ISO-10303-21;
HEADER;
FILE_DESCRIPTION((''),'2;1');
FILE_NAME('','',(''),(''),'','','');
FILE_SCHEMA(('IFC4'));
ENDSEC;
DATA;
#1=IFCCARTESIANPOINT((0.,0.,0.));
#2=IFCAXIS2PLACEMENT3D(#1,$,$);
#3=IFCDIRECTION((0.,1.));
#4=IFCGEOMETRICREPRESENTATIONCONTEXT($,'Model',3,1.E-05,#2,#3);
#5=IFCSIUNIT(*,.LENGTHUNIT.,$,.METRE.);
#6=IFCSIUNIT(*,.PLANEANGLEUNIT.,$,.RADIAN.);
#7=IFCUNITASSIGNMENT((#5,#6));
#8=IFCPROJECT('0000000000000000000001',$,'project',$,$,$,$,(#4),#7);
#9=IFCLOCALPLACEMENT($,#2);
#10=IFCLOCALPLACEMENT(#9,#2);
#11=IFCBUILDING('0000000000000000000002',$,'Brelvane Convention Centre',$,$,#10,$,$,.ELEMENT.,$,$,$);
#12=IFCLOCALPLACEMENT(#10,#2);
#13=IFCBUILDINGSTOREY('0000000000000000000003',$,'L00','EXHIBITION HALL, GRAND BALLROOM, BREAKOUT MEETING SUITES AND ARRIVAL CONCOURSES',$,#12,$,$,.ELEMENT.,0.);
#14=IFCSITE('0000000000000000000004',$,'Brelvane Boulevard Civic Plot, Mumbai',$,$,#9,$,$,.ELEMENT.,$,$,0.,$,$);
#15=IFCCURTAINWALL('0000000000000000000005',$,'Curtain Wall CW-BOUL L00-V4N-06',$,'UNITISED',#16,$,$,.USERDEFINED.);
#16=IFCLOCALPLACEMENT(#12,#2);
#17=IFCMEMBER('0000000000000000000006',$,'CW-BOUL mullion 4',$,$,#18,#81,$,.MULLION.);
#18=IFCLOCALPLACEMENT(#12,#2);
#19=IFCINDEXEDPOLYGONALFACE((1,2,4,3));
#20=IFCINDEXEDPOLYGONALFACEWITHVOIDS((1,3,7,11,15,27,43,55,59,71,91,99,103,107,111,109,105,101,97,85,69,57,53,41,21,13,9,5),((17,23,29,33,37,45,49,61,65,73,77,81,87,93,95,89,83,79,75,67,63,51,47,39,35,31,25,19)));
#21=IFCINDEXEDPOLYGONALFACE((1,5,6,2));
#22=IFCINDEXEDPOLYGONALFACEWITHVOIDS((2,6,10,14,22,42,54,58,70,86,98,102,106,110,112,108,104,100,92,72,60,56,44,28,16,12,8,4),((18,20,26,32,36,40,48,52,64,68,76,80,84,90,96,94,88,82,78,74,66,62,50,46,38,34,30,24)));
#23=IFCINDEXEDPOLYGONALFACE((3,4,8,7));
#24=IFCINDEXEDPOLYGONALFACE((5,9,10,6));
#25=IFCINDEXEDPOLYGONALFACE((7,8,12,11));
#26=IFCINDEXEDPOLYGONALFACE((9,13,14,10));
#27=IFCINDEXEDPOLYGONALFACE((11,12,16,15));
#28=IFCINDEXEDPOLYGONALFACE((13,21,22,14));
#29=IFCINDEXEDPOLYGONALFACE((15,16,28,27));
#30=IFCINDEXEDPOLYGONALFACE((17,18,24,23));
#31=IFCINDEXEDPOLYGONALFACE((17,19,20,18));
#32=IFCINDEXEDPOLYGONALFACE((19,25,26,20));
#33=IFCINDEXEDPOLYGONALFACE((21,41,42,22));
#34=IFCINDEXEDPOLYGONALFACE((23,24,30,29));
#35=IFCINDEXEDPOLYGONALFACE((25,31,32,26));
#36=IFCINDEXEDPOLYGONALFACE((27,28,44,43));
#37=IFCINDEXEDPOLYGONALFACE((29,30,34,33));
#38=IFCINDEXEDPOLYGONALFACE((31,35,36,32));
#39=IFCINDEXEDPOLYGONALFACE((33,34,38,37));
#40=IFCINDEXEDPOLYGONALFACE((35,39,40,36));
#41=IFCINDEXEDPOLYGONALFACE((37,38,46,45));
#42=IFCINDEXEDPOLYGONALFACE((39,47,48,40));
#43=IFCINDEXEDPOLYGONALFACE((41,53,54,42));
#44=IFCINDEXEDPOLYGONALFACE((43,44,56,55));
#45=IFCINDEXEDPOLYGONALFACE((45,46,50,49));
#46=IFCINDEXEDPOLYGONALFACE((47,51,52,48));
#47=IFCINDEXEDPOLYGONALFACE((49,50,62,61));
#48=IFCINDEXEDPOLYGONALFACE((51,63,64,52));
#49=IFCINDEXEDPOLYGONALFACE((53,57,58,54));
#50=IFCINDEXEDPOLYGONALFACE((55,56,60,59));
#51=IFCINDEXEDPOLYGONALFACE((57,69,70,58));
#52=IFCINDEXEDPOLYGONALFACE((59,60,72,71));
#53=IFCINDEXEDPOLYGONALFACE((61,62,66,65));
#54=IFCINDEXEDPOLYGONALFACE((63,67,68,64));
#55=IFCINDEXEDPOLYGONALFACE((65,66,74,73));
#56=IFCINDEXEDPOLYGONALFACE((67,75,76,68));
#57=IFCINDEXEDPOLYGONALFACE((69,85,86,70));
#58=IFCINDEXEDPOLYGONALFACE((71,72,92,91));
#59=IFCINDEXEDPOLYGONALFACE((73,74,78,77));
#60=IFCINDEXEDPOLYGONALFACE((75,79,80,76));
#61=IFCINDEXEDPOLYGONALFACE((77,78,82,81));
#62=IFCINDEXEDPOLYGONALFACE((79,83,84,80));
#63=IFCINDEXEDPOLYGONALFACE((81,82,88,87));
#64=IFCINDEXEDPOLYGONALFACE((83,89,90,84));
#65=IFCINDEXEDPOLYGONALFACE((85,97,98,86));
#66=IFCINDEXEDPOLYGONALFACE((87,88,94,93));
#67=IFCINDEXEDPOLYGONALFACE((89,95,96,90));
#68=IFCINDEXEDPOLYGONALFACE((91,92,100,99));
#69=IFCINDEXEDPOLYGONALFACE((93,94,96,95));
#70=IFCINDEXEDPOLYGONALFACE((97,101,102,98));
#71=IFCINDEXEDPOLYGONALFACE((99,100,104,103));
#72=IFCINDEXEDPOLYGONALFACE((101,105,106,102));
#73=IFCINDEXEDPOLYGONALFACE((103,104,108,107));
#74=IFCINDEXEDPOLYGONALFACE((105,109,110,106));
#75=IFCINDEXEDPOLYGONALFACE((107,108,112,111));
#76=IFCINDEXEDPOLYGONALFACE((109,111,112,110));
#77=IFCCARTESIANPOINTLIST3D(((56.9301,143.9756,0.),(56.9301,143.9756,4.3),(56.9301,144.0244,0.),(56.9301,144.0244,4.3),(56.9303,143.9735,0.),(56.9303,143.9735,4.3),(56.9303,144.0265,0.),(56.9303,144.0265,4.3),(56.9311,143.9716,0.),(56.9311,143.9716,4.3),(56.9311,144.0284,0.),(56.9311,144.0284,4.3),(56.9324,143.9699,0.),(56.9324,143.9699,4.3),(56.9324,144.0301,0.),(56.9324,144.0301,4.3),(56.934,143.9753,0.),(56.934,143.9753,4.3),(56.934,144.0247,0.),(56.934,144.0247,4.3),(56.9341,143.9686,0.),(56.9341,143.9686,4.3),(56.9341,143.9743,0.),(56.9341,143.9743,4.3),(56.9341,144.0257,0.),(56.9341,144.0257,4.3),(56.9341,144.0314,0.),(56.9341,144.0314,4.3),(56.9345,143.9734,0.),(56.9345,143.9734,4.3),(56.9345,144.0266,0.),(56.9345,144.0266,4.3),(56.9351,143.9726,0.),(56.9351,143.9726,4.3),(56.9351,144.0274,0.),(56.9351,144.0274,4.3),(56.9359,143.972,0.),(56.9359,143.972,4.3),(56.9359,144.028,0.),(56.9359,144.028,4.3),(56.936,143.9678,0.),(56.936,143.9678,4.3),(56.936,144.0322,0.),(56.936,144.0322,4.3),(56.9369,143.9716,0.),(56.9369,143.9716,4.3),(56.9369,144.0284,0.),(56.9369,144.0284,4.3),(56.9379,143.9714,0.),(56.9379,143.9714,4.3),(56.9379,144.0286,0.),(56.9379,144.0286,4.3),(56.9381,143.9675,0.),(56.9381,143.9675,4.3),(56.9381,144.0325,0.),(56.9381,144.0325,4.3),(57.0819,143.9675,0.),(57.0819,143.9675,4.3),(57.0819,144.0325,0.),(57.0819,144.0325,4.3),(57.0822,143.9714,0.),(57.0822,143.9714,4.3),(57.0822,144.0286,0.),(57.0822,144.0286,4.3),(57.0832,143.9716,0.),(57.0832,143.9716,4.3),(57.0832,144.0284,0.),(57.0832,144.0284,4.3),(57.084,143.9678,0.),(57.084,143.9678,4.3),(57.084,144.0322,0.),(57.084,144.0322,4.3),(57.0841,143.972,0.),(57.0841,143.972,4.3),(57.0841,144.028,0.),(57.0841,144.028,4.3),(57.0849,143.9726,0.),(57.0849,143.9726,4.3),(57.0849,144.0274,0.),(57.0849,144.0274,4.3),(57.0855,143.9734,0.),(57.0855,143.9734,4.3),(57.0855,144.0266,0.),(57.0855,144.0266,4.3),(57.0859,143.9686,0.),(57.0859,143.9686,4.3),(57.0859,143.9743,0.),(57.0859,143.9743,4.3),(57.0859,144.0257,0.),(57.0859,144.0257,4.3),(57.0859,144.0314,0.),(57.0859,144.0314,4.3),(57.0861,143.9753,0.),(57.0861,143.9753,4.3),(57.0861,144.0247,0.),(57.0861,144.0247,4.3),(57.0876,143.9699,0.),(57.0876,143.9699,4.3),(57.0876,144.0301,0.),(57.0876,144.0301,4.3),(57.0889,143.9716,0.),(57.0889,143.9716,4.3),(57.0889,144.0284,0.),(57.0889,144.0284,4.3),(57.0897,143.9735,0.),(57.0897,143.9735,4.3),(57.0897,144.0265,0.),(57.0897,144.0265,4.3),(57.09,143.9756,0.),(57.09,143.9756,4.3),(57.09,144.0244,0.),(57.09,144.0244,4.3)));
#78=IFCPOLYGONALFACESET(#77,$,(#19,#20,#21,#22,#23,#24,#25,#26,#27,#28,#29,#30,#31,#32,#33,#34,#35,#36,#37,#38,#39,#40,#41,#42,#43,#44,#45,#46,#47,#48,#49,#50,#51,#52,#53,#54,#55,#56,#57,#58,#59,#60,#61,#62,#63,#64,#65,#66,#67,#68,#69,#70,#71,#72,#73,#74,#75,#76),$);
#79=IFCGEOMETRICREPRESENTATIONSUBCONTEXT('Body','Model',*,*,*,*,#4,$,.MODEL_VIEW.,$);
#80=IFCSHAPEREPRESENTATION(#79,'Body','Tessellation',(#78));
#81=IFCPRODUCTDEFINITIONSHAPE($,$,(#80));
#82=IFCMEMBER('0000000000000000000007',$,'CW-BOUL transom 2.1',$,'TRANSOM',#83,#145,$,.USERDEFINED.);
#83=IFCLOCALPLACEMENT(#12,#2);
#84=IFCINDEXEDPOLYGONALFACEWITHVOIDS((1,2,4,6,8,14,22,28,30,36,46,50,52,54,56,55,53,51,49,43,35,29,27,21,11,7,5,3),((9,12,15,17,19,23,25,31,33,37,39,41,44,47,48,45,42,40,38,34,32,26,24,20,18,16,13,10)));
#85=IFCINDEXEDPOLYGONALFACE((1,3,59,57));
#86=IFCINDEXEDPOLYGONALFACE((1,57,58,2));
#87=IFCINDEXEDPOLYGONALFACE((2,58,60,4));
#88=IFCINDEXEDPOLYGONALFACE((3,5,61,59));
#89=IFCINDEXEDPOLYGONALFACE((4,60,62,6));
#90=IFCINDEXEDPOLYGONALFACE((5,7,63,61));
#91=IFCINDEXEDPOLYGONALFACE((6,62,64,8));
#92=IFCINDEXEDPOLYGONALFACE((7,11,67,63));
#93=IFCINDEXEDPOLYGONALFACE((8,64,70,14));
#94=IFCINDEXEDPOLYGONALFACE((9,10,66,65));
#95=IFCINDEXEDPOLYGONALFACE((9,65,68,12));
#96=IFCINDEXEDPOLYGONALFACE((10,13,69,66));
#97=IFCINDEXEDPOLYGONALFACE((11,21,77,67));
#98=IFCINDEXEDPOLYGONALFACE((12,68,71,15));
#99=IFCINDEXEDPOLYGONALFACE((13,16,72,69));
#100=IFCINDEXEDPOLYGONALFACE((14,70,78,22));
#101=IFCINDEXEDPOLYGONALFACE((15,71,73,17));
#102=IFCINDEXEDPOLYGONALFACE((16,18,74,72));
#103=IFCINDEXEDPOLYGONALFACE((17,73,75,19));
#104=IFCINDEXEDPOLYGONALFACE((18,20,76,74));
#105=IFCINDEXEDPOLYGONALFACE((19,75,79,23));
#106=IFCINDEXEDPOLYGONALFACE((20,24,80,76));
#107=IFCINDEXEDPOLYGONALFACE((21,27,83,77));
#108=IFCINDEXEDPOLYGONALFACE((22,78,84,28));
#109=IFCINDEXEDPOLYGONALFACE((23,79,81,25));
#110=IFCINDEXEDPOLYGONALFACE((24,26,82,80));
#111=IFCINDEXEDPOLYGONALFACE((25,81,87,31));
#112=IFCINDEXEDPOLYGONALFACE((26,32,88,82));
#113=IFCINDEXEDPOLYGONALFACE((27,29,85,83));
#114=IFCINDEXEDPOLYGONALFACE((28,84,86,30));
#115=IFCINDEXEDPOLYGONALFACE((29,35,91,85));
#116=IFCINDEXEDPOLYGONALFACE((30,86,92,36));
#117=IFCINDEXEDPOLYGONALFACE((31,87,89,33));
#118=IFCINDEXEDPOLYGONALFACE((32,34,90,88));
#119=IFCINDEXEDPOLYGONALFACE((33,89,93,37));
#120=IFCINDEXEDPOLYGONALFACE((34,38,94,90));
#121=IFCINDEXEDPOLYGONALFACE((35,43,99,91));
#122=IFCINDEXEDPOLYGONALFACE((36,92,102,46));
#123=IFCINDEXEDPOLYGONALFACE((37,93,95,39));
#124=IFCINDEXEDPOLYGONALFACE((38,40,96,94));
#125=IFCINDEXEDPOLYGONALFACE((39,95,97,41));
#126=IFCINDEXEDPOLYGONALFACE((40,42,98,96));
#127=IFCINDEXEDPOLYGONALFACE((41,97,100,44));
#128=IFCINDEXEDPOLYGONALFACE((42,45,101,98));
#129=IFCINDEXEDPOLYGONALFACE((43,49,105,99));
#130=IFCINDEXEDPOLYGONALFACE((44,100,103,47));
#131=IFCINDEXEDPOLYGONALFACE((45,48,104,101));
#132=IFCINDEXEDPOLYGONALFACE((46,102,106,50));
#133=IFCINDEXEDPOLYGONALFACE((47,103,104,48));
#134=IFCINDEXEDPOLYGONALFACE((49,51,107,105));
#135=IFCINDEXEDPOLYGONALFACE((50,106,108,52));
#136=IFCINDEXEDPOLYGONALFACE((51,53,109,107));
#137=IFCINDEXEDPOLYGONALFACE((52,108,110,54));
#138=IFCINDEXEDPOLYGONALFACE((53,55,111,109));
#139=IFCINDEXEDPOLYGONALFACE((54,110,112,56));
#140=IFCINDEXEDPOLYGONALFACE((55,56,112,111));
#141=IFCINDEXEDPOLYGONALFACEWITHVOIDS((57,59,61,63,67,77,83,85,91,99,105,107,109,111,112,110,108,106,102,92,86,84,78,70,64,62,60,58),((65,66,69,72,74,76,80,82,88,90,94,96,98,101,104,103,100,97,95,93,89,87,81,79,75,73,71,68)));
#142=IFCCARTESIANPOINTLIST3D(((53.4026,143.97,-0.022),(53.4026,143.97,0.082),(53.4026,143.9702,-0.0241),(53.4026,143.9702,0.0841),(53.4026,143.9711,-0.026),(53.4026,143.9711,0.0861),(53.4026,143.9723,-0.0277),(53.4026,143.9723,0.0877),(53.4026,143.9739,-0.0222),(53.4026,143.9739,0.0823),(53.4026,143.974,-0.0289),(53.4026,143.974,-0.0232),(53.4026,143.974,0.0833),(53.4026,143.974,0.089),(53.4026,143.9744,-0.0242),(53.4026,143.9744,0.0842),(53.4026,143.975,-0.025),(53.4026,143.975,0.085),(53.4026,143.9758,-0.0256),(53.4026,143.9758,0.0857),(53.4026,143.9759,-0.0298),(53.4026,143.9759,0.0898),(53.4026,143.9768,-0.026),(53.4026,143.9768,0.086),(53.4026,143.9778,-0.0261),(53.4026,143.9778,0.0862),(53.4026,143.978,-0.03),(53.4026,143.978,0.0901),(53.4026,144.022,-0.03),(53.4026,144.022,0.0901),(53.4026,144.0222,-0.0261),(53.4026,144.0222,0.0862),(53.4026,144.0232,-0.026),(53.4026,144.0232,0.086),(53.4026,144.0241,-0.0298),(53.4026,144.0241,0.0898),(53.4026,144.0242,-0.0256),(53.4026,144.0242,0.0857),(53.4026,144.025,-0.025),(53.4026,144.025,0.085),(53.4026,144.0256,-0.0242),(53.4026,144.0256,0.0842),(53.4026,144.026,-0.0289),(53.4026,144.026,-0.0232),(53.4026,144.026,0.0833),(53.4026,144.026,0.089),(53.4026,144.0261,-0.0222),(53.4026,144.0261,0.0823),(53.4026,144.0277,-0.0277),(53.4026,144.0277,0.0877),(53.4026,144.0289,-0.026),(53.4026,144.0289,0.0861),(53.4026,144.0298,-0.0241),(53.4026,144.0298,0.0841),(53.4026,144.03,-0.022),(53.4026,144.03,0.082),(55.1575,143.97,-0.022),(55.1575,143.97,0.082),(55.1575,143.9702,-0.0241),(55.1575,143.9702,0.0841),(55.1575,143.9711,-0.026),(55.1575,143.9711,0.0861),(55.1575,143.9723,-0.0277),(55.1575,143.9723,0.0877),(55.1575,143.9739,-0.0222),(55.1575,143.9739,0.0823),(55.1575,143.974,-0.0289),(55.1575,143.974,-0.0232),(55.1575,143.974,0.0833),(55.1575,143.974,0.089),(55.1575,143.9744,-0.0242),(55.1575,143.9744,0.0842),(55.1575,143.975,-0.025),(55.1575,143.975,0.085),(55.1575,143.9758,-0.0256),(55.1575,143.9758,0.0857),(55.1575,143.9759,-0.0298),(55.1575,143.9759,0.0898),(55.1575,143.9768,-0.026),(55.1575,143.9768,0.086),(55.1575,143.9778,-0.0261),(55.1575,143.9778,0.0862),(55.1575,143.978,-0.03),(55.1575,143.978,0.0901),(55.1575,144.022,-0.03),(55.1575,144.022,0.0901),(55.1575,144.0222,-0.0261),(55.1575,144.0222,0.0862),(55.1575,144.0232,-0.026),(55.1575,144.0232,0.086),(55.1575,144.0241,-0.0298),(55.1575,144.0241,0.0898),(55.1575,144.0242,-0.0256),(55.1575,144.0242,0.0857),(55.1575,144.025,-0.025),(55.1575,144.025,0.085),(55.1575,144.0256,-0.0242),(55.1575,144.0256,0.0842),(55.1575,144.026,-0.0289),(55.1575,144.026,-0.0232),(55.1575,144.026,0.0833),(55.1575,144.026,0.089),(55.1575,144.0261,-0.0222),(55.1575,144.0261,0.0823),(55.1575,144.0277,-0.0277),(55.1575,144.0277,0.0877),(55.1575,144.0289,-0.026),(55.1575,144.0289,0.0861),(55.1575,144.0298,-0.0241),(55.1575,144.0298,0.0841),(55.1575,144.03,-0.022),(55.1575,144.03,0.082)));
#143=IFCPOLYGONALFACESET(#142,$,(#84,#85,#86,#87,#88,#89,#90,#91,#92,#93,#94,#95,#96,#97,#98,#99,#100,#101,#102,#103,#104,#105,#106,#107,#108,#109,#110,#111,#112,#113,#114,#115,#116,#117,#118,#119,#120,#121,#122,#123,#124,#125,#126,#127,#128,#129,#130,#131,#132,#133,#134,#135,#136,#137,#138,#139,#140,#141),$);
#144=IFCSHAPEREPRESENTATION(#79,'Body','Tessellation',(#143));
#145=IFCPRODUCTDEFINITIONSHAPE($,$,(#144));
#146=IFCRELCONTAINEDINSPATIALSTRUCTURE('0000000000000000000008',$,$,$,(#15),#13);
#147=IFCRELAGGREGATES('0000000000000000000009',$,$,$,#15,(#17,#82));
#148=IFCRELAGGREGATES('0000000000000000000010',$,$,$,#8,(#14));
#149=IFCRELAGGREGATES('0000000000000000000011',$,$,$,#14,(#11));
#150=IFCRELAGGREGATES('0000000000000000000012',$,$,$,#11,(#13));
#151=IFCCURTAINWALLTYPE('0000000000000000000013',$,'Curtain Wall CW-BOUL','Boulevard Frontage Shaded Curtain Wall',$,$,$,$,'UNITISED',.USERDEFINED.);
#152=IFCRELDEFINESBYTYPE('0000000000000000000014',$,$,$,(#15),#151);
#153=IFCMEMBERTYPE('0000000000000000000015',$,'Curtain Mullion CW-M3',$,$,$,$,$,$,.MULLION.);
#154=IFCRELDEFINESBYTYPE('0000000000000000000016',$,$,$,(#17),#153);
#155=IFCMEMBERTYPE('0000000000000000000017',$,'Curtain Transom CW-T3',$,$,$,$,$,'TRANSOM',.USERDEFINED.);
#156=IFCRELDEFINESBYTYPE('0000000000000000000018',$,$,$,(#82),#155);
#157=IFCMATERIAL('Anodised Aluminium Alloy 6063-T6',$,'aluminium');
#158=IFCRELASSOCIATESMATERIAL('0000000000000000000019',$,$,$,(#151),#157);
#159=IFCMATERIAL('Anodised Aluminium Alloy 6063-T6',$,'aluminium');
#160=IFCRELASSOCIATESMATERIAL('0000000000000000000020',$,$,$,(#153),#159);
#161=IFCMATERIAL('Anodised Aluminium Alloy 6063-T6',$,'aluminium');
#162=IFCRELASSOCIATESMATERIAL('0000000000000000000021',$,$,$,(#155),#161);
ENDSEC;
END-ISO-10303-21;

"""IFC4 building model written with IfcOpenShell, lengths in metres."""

from ifc_helpers import new_model, si_unit, direction, frame, origin, origin_2d, place, context, subcontext, project, spatial, hollow_rectangle, extrude, material, material_profile, profile_set, type_object, element, aggregate, save


model = new_model("IFC4")

# Units and contexts
model_context = context("Model", 3, precision=1e-05, world=origin(), true_north=direction((0.0, 1.0)))
body_context = subcontext(model_context, "Body", "Model", "MODEL_VIEW")
ifc_project = project(units=[si_unit("LENGTHUNIT", "METRE"), si_unit("PLANEANGLEUNIT", "RADIAN")], contexts=[model_context])

# Site, building, storey
site_placement = place(None, origin())
site = spatial("IfcSite", under=ifc_project, at=site_placement, Name="Brelvane Boulevard Civic Plot, Mumbai", CompositionType="ELEMENT", RefElevation=0.0)
building_placement = place(site_placement, origin())
building = spatial("IfcBuilding", under=site, at=building_placement, Name="Brelvane Convention Centre", CompositionType="ELEMENT")
storey_placement = place(building_placement, origin())
storey = spatial("IfcBuildingStorey", under=building, at=storey_placement, Name="L00", Description="EXHIBITION HALL, GRAND BALLROOM, BREAKOUT MEETING SUITES AND ARRIVAL CONCOURSES", CompositionType="ELEMENT", Elevation=0.0)

# Curtain wall, members
ifc_material_1 = material(Name="Anodised Aluminium Alloy 6063-T6", Category="aluminium")
curtain_wall_type = type_object("IfcCurtainWallType", Name="Curtain Wall CW-BOUL", Description="Boulevard Frontage Shaded Curtain Wall", ElementType="UNITISED", PredefinedType="USERDEFINED", material=ifc_material_1)
curtain_wall_placement = place(storey_placement, origin())
curtain_wall = element("IfcCurtainWall", 1, at=curtain_wall_placement, inside=storey, type_object=curtain_wall_type, Name="Curtain Wall CW-BOUL L00-V4N-06", ObjectType="UNITISED", PredefinedType="USERDEFINED")
ifc_material_2 = material(Name="Anodised Aluminium Alloy 6063-T6", Category="aluminium")
ifc_material_profile_1 = material_profile(ifc_material_2, hollow_rectangle(XDim=0.0649, YDim=0.1599, WallThickness=0.0039, InnerFilletRadius=0.0039, OuterFilletRadius=0.0081, at=origin_2d()), Name="ALU-M 160x65x4.0")
ifc_profile_set_1 = profile_set([ifc_material_profile_1], Name="Anodised Aluminium Alloy 6063-T6")
member_type_1 = type_object("IfcMemberType", Name="Curtain Mullion CW-M3", PredefinedType="MULLION", material=ifc_profile_set_1)
member_1_placement = place(storey_placement, frame((57.01, 144.0, 0.0), z_axis=(0.0, 0.0, 1.0), x_axis=(0.0, 1.0, 0.0)))
member_1 = element("IfcMember", 2, at=member_1_placement, type_object=member_type_1, Name="CW-BOUL mullion 4", PredefinedType="MULLION", context=body_context, shape_type="SweptSolid", body=[
    extrude(hollow_rectangle(XDim=0.0649, YDim=0.1599, WallThickness=0.0039, InnerFilletRadius=0.0039, OuterFilletRadius=0.0081, at=origin_2d()), origin(), (0.0, 0.0, 1.0), 4.3),
])
ifc_material_3 = material(Name="Anodised Aluminium Alloy 6063-T6", Category="aluminium")
ifc_material_profile_2 = material_profile(ifc_material_3, hollow_rectangle(XDim=0.0601, YDim=0.1201, WallThickness=0.0039, InnerFilletRadius=0.0039, OuterFilletRadius=0.0081, at=origin_2d()), Name="ALU-T 120x60x4.0")
ifc_profile_set_2 = profile_set([ifc_material_profile_2], Name="Anodised Aluminium Alloy 6063-T6")
member_type_2 = type_object("IfcMemberType", Name="Curtain Transom CW-T3", ElementType="TRANSOM", PredefinedType="USERDEFINED", material=ifc_profile_set_2)
member_2_placement = place(storey_placement, frame((53.4026, 144.0, 0.03), z_axis=(1.0, 0.0, 0.0), x_axis=(0.0, 1.0, 0.0)))
member_2 = element("IfcMember", 3, at=member_2_placement, type_object=member_type_2, Name="CW-BOUL transom 2.1", ObjectType="TRANSOM", PredefinedType="USERDEFINED", context=body_context, shape_type="SweptSolid", body=[
    extrude(hollow_rectangle(XDim=0.0601, YDim=0.1201, WallThickness=0.0039, InnerFilletRadius=0.0039, OuterFilletRadius=0.0081, at=origin_2d()), origin(), (0.0, 0.0, 1.0), 1.7549),
])
aggregate(curtain_wall, [member_1, member_2])

save(model, "model.ifc")
